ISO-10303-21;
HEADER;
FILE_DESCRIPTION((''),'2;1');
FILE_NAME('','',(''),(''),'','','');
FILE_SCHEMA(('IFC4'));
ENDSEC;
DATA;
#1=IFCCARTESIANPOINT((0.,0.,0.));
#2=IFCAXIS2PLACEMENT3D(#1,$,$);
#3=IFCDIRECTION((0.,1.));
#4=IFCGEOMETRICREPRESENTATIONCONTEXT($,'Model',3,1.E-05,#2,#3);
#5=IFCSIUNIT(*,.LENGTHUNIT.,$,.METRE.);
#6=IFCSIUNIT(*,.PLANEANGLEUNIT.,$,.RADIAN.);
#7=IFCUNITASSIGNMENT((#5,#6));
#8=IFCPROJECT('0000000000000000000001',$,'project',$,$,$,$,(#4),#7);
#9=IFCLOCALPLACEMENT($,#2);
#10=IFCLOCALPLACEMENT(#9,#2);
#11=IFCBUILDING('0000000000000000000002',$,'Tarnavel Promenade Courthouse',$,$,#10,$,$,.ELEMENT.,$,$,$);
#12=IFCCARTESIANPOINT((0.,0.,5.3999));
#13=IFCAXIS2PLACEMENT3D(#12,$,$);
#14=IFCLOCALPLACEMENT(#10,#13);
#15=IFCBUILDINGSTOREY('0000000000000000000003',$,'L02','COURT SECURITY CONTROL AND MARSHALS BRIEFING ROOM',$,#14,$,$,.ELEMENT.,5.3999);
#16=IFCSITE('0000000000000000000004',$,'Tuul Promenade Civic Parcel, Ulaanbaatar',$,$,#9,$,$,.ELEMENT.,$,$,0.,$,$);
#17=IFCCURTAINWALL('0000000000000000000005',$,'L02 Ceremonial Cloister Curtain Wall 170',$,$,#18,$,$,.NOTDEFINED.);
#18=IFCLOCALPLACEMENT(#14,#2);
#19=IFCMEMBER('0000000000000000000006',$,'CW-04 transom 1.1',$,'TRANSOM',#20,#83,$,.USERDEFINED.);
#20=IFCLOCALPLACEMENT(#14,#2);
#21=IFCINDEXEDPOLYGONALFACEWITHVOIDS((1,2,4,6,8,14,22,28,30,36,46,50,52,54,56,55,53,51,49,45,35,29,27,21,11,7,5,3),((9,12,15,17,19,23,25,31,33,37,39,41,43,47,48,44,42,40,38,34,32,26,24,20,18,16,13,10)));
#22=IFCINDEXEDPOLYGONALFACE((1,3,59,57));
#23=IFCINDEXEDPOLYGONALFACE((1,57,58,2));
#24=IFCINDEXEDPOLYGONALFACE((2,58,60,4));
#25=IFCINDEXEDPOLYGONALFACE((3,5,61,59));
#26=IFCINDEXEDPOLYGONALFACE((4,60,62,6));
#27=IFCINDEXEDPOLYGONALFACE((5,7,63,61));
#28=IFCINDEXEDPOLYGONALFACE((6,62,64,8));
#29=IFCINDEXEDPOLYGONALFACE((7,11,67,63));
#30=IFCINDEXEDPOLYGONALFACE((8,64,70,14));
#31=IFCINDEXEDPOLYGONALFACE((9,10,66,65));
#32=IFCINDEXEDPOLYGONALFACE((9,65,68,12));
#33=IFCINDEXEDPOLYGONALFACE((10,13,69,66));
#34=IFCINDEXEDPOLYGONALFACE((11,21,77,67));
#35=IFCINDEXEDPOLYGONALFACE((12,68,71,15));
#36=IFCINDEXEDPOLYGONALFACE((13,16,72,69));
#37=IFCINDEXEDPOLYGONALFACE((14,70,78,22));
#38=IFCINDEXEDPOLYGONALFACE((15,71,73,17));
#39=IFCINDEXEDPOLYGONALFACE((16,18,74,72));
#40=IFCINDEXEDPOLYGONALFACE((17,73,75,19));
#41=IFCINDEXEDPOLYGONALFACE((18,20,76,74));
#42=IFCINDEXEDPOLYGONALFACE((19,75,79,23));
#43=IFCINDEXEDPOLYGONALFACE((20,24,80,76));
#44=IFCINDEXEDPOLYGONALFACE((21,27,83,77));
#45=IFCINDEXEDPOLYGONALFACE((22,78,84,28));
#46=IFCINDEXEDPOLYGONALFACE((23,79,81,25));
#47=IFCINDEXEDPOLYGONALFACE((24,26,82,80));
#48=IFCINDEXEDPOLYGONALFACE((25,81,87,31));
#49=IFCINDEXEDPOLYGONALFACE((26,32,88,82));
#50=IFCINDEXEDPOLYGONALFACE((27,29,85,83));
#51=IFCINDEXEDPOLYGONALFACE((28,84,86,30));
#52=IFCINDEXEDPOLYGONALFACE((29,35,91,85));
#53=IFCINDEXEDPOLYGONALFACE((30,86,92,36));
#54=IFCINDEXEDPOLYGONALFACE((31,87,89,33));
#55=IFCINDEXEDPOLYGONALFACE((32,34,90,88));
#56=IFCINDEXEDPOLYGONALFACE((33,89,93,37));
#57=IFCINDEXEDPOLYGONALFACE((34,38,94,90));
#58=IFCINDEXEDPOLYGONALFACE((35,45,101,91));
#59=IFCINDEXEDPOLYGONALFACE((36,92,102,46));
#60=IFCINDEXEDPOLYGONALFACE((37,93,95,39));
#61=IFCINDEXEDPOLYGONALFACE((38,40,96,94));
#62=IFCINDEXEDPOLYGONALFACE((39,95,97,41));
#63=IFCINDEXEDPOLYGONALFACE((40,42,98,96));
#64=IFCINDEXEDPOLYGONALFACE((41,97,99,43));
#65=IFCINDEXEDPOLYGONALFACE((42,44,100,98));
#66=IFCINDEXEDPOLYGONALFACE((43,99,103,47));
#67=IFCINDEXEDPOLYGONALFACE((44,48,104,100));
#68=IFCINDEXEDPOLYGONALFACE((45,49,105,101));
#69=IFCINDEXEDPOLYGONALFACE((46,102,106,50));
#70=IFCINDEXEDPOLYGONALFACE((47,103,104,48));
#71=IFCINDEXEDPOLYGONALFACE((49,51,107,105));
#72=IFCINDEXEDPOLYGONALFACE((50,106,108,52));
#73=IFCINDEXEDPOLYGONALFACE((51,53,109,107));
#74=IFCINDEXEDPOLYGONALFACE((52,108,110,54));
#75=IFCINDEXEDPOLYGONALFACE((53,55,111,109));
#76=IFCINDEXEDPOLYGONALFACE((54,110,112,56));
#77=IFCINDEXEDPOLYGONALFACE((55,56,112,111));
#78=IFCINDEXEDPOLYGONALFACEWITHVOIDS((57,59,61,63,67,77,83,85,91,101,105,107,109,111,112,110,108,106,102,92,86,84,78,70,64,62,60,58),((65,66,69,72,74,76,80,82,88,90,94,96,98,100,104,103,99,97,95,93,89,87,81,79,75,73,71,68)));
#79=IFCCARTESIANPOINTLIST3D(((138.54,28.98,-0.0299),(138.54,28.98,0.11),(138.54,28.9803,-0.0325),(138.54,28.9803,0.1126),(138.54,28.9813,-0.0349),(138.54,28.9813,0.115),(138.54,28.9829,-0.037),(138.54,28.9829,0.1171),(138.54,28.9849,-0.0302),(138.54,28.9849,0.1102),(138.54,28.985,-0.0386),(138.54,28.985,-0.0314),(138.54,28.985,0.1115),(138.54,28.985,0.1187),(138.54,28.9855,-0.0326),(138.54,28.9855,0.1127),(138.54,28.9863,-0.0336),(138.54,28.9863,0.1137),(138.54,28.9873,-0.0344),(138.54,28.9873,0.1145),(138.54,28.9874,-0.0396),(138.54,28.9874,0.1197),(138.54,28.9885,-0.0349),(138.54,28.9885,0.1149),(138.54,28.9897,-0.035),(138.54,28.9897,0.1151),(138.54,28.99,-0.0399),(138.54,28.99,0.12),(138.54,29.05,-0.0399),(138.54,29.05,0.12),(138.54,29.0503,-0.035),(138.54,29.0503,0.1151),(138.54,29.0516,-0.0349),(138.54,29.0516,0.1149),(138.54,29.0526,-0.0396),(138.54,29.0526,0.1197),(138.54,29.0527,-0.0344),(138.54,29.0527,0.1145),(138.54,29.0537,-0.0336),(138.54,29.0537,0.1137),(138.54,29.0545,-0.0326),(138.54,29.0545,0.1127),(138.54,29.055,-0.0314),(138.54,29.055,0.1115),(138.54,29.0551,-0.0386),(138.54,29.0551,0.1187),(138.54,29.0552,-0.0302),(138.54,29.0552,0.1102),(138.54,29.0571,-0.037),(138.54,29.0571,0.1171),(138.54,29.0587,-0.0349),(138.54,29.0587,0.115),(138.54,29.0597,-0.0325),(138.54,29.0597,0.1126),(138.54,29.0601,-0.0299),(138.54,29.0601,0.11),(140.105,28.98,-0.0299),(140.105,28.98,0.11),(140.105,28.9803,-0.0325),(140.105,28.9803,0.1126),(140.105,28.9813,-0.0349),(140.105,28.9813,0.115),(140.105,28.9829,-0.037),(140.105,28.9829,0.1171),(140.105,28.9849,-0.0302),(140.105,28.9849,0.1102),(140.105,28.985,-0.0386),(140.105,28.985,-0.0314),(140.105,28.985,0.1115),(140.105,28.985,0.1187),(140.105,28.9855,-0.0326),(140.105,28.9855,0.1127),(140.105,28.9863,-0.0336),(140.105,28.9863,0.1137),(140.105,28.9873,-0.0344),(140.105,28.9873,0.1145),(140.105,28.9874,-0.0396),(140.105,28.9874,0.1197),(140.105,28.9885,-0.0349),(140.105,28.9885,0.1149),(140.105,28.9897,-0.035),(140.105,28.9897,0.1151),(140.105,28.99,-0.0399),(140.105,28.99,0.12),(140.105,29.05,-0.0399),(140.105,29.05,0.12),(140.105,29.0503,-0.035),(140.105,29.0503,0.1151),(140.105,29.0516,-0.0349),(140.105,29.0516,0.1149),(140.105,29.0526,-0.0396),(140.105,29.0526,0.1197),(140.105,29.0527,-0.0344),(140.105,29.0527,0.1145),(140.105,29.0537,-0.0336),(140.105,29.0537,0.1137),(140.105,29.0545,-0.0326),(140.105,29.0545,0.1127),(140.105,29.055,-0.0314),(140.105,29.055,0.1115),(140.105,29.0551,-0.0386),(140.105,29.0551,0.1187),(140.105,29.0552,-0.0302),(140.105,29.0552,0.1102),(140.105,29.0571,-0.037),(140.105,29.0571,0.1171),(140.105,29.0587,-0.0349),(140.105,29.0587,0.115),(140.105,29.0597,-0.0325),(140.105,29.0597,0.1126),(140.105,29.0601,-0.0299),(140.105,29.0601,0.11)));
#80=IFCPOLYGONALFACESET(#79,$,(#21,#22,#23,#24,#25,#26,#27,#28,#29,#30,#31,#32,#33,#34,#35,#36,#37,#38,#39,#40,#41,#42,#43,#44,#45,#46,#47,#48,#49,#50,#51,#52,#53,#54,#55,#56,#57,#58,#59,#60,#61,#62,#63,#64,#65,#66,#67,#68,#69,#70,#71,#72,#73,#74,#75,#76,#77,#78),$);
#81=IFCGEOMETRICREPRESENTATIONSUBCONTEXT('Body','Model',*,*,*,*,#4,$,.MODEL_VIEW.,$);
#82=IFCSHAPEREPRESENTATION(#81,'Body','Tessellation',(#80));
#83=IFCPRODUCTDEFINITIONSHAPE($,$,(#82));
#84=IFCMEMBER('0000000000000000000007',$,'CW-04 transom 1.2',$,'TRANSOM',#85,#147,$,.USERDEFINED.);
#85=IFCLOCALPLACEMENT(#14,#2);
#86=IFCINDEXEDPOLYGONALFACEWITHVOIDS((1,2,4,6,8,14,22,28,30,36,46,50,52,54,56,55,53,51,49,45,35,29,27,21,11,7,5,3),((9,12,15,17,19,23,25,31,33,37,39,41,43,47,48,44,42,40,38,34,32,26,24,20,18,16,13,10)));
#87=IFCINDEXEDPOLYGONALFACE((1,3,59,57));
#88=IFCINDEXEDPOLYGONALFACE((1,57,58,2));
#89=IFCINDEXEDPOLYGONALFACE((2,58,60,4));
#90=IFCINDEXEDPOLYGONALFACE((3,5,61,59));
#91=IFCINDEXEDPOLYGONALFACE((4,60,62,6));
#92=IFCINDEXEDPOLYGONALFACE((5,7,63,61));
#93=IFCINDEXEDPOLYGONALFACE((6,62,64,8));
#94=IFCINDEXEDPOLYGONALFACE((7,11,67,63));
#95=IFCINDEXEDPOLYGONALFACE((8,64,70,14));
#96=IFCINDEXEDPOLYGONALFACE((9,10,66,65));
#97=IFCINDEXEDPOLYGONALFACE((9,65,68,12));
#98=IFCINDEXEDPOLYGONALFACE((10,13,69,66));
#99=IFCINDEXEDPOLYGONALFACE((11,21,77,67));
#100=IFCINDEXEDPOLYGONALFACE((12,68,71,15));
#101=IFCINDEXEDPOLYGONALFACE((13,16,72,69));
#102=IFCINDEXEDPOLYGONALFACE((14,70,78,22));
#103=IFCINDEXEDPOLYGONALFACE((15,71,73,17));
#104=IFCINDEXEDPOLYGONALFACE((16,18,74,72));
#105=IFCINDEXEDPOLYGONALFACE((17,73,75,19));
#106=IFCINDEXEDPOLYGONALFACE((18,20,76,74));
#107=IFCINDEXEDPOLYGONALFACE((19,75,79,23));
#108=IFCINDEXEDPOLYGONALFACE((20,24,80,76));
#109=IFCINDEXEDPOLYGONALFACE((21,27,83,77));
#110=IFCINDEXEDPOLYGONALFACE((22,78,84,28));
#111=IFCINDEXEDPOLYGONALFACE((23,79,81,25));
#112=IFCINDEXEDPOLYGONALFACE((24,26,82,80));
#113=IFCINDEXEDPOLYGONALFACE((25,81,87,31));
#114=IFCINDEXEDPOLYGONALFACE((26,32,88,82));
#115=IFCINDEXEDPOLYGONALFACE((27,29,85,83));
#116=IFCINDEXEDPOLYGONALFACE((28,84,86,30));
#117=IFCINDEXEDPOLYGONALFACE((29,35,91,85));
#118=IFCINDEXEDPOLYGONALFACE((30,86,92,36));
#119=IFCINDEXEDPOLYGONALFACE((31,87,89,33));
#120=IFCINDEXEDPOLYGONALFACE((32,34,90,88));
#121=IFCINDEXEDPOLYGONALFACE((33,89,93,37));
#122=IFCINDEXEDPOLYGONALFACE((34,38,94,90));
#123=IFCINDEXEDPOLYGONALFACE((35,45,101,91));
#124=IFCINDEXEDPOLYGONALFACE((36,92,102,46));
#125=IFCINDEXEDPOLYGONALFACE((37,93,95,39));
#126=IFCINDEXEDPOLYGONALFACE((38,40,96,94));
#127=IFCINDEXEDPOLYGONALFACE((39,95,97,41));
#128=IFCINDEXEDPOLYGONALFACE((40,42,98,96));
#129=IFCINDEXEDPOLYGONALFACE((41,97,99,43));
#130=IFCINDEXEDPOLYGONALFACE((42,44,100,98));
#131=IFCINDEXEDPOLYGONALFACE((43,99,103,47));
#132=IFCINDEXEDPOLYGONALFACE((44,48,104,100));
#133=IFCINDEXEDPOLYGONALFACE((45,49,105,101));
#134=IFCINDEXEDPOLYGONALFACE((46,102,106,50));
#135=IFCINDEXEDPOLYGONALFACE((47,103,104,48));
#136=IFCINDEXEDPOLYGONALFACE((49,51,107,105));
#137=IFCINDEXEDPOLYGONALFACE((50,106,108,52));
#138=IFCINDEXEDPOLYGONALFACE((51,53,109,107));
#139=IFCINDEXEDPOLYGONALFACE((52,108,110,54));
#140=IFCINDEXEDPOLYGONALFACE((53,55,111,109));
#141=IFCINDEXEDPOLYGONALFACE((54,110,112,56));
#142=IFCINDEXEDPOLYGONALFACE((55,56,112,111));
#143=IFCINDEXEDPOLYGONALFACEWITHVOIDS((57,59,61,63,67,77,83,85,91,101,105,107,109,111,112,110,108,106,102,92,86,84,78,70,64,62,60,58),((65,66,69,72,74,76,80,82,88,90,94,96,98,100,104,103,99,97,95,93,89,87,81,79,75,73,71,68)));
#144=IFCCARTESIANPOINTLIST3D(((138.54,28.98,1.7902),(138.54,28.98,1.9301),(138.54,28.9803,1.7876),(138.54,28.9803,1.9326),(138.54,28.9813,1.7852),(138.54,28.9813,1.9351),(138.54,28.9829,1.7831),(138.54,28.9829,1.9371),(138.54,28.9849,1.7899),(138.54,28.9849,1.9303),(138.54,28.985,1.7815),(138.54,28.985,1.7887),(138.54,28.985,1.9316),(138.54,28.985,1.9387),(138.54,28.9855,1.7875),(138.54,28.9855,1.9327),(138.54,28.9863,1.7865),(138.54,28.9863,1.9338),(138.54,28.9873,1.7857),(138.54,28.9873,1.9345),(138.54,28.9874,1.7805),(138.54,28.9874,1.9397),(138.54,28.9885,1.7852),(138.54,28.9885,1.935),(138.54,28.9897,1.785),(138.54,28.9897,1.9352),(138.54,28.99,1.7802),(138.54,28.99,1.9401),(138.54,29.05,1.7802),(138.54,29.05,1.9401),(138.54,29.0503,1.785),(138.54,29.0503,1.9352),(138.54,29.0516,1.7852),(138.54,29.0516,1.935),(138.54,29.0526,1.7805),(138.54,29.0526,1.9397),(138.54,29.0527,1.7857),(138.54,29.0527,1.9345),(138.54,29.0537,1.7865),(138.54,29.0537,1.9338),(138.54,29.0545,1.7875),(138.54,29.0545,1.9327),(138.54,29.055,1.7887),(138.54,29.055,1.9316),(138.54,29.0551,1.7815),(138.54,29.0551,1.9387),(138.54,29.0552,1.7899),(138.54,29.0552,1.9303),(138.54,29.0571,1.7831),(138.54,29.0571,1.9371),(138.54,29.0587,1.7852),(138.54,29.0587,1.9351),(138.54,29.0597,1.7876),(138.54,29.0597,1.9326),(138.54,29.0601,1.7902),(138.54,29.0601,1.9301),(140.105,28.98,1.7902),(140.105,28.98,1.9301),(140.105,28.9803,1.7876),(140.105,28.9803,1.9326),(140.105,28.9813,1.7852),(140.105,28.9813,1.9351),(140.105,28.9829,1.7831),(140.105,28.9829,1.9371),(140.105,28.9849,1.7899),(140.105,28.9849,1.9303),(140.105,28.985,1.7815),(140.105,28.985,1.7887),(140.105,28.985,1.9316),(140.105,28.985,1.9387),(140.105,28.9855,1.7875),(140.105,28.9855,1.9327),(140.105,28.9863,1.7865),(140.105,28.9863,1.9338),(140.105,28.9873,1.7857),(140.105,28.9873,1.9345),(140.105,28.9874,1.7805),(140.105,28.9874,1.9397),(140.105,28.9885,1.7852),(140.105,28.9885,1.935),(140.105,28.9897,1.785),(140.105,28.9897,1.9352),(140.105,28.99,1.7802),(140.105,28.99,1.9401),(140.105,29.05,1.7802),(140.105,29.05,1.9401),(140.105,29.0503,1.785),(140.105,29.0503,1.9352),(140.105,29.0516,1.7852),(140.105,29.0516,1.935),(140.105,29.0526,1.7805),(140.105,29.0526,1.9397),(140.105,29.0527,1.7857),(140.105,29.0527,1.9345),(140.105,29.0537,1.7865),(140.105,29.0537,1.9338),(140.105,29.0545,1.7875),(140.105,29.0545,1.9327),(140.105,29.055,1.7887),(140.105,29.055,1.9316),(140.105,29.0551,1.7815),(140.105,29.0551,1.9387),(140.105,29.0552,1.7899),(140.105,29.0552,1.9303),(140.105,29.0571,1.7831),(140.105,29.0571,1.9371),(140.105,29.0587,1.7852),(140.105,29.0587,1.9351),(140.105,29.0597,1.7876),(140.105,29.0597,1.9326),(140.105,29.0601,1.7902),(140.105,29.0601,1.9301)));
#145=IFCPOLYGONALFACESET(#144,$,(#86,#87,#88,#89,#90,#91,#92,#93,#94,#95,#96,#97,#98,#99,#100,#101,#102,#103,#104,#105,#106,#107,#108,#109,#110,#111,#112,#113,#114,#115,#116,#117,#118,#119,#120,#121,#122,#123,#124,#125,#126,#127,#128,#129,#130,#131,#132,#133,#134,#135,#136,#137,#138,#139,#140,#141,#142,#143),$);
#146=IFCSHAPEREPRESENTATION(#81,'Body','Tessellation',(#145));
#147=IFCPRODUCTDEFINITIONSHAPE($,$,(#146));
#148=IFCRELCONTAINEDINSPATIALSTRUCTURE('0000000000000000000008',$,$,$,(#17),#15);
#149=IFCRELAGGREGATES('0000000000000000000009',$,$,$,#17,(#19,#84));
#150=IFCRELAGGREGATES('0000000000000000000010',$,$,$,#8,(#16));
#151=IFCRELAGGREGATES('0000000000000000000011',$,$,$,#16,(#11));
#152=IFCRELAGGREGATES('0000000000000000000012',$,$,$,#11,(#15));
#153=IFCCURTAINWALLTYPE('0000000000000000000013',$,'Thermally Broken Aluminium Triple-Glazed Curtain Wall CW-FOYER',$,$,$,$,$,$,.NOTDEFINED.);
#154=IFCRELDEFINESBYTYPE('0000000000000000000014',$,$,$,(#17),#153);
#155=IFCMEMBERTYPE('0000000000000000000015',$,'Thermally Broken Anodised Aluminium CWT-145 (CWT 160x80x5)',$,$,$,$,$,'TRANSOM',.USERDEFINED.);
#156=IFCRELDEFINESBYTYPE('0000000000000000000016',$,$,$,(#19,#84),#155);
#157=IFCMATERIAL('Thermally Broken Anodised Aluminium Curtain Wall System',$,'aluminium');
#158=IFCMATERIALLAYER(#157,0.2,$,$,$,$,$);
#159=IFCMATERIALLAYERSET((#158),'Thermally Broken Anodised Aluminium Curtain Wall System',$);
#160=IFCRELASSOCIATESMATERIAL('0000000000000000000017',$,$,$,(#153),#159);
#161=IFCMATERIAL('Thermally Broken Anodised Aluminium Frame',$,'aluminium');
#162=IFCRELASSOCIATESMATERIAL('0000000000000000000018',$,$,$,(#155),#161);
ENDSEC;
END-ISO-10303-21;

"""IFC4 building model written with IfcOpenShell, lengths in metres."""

from ifc_helpers import new_model, si_unit, direction, frame, origin, origin_2d, place, context, subcontext, project, spatial, hollow_rectangle, extrude, material, layer, layer_set, material_profile, profile_set, type_object, element, aggregate, save


model = new_model("IFC4")

# Units and contexts
model_context = context("Model", 3, precision=1e-05, world=origin(), true_north=direction((0.0, 1.0)))
body_context = subcontext(model_context, "Body", "Model", "MODEL_VIEW")
ifc_project = project(units=[si_unit("LENGTHUNIT", "METRE"), si_unit("PLANEANGLEUNIT", "RADIAN")], contexts=[model_context])

# Site, building, storey
site_placement = place(None, origin())
site = spatial("IfcSite", under=ifc_project, at=site_placement, Name="Tuul Promenade Civic Parcel, Ulaanbaatar", CompositionType="ELEMENT", RefElevation=0.0)
building_placement = place(site_placement, origin())
building = spatial("IfcBuilding", under=site, at=building_placement, Name="Tarnavel Promenade Courthouse", CompositionType="ELEMENT")
storey_placement = place(building_placement, frame((0.0, 0.0, 5.3999)))
storey = spatial("IfcBuildingStorey", under=building, at=storey_placement, Name="L02", Description="COURT SECURITY CONTROL AND MARSHALS BRIEFING ROOM", CompositionType="ELEMENT", Elevation=5.3999)

# Curtain wall
ifc_material_1 = material(Name="Thermally Broken Anodised Aluminium Curtain Wall System", Category="aluminium")
ifc_layer_1 = layer(ifc_material_1, 0.2)
ifc_layer_set_1 = layer_set([ifc_layer_1], Name="Thermally Broken Anodised Aluminium Curtain Wall System")
curtain_wall_type = type_object("IfcCurtainWallType", Name="Thermally Broken Aluminium Triple-Glazed Curtain Wall CW-FOYER", PredefinedType="NOTDEFINED", material=ifc_layer_set_1)
curtain_wall_1_placement = place(storey_placement, origin())
curtain_wall_1 = element("IfcCurtainWall", 1, at=curtain_wall_1_placement, inside=storey, type_object=curtain_wall_type, Name="L02 Ceremonial Cloister Curtain Wall 170", PredefinedType="NOTDEFINED")
ifc_material_2 = material(Name="Thermally Broken Anodised Aluminium Frame", Category="aluminium")

# Members
ifc_material_profile_1 = material_profile(ifc_material_2, hollow_rectangle(XDim=0.0801, YDim=0.1599, WallThickness=0.0049, InnerFilletRadius=0.0049, OuterFilletRadius=0.01, at=origin_2d()), Name="CWT 160x80x5")
ifc_profile_set_1 = profile_set([ifc_material_profile_1], Name="Thermally Broken Anodised Aluminium Frame")
member_type_1 = type_object("IfcMemberType", Name="Thermally Broken Anodised Aluminium CWT-145 (CWT 160x80x5)", ElementType="TRANSOM", PredefinedType="USERDEFINED", material=ifc_profile_set_1)
member_1_placement = place(storey_placement, frame((138.54, 29.02, 0.04), z_axis=(1.0, 0.0, 0.0), x_axis=(0.0, 1.0, 0.0)))
member_1 = element("IfcMember", 2, at=member_1_placement, type_object=member_type_1, Name="CW-04 transom 1.1", ObjectType="TRANSOM", PredefinedType="USERDEFINED", context=body_context, shape_type="SweptSolid", body=[
    extrude(hollow_rectangle(XDim=0.0801, YDim=0.1599, WallThickness=0.0049, InnerFilletRadius=0.0049, OuterFilletRadius=0.01, at=origin_2d()), origin(), (0.0, 0.0, 1.0), 1.5649),
])
member_2_placement = place(storey_placement, frame((138.54, 29.02, 1.8601), z_axis=(1.0, 0.0, 0.0), x_axis=(0.0, 1.0, 0.0)))
member_2 = element("IfcMember", 3, at=member_2_placement, type_object=member_type_1, Name="CW-04 transom 1.2", ObjectType="TRANSOM", PredefinedType="USERDEFINED", context=body_context, shape_type="SweptSolid", body=[
    extrude(hollow_rectangle(XDim=0.0801, YDim=0.1599, WallThickness=0.0049, InnerFilletRadius=0.0049, OuterFilletRadius=0.01, at=origin_2d()), origin(), (0.0, 0.0, 1.0), 1.5649),
])

aggregate(curtain_wall_1, [member_1, member_2])

save(model, "model.ifc")
